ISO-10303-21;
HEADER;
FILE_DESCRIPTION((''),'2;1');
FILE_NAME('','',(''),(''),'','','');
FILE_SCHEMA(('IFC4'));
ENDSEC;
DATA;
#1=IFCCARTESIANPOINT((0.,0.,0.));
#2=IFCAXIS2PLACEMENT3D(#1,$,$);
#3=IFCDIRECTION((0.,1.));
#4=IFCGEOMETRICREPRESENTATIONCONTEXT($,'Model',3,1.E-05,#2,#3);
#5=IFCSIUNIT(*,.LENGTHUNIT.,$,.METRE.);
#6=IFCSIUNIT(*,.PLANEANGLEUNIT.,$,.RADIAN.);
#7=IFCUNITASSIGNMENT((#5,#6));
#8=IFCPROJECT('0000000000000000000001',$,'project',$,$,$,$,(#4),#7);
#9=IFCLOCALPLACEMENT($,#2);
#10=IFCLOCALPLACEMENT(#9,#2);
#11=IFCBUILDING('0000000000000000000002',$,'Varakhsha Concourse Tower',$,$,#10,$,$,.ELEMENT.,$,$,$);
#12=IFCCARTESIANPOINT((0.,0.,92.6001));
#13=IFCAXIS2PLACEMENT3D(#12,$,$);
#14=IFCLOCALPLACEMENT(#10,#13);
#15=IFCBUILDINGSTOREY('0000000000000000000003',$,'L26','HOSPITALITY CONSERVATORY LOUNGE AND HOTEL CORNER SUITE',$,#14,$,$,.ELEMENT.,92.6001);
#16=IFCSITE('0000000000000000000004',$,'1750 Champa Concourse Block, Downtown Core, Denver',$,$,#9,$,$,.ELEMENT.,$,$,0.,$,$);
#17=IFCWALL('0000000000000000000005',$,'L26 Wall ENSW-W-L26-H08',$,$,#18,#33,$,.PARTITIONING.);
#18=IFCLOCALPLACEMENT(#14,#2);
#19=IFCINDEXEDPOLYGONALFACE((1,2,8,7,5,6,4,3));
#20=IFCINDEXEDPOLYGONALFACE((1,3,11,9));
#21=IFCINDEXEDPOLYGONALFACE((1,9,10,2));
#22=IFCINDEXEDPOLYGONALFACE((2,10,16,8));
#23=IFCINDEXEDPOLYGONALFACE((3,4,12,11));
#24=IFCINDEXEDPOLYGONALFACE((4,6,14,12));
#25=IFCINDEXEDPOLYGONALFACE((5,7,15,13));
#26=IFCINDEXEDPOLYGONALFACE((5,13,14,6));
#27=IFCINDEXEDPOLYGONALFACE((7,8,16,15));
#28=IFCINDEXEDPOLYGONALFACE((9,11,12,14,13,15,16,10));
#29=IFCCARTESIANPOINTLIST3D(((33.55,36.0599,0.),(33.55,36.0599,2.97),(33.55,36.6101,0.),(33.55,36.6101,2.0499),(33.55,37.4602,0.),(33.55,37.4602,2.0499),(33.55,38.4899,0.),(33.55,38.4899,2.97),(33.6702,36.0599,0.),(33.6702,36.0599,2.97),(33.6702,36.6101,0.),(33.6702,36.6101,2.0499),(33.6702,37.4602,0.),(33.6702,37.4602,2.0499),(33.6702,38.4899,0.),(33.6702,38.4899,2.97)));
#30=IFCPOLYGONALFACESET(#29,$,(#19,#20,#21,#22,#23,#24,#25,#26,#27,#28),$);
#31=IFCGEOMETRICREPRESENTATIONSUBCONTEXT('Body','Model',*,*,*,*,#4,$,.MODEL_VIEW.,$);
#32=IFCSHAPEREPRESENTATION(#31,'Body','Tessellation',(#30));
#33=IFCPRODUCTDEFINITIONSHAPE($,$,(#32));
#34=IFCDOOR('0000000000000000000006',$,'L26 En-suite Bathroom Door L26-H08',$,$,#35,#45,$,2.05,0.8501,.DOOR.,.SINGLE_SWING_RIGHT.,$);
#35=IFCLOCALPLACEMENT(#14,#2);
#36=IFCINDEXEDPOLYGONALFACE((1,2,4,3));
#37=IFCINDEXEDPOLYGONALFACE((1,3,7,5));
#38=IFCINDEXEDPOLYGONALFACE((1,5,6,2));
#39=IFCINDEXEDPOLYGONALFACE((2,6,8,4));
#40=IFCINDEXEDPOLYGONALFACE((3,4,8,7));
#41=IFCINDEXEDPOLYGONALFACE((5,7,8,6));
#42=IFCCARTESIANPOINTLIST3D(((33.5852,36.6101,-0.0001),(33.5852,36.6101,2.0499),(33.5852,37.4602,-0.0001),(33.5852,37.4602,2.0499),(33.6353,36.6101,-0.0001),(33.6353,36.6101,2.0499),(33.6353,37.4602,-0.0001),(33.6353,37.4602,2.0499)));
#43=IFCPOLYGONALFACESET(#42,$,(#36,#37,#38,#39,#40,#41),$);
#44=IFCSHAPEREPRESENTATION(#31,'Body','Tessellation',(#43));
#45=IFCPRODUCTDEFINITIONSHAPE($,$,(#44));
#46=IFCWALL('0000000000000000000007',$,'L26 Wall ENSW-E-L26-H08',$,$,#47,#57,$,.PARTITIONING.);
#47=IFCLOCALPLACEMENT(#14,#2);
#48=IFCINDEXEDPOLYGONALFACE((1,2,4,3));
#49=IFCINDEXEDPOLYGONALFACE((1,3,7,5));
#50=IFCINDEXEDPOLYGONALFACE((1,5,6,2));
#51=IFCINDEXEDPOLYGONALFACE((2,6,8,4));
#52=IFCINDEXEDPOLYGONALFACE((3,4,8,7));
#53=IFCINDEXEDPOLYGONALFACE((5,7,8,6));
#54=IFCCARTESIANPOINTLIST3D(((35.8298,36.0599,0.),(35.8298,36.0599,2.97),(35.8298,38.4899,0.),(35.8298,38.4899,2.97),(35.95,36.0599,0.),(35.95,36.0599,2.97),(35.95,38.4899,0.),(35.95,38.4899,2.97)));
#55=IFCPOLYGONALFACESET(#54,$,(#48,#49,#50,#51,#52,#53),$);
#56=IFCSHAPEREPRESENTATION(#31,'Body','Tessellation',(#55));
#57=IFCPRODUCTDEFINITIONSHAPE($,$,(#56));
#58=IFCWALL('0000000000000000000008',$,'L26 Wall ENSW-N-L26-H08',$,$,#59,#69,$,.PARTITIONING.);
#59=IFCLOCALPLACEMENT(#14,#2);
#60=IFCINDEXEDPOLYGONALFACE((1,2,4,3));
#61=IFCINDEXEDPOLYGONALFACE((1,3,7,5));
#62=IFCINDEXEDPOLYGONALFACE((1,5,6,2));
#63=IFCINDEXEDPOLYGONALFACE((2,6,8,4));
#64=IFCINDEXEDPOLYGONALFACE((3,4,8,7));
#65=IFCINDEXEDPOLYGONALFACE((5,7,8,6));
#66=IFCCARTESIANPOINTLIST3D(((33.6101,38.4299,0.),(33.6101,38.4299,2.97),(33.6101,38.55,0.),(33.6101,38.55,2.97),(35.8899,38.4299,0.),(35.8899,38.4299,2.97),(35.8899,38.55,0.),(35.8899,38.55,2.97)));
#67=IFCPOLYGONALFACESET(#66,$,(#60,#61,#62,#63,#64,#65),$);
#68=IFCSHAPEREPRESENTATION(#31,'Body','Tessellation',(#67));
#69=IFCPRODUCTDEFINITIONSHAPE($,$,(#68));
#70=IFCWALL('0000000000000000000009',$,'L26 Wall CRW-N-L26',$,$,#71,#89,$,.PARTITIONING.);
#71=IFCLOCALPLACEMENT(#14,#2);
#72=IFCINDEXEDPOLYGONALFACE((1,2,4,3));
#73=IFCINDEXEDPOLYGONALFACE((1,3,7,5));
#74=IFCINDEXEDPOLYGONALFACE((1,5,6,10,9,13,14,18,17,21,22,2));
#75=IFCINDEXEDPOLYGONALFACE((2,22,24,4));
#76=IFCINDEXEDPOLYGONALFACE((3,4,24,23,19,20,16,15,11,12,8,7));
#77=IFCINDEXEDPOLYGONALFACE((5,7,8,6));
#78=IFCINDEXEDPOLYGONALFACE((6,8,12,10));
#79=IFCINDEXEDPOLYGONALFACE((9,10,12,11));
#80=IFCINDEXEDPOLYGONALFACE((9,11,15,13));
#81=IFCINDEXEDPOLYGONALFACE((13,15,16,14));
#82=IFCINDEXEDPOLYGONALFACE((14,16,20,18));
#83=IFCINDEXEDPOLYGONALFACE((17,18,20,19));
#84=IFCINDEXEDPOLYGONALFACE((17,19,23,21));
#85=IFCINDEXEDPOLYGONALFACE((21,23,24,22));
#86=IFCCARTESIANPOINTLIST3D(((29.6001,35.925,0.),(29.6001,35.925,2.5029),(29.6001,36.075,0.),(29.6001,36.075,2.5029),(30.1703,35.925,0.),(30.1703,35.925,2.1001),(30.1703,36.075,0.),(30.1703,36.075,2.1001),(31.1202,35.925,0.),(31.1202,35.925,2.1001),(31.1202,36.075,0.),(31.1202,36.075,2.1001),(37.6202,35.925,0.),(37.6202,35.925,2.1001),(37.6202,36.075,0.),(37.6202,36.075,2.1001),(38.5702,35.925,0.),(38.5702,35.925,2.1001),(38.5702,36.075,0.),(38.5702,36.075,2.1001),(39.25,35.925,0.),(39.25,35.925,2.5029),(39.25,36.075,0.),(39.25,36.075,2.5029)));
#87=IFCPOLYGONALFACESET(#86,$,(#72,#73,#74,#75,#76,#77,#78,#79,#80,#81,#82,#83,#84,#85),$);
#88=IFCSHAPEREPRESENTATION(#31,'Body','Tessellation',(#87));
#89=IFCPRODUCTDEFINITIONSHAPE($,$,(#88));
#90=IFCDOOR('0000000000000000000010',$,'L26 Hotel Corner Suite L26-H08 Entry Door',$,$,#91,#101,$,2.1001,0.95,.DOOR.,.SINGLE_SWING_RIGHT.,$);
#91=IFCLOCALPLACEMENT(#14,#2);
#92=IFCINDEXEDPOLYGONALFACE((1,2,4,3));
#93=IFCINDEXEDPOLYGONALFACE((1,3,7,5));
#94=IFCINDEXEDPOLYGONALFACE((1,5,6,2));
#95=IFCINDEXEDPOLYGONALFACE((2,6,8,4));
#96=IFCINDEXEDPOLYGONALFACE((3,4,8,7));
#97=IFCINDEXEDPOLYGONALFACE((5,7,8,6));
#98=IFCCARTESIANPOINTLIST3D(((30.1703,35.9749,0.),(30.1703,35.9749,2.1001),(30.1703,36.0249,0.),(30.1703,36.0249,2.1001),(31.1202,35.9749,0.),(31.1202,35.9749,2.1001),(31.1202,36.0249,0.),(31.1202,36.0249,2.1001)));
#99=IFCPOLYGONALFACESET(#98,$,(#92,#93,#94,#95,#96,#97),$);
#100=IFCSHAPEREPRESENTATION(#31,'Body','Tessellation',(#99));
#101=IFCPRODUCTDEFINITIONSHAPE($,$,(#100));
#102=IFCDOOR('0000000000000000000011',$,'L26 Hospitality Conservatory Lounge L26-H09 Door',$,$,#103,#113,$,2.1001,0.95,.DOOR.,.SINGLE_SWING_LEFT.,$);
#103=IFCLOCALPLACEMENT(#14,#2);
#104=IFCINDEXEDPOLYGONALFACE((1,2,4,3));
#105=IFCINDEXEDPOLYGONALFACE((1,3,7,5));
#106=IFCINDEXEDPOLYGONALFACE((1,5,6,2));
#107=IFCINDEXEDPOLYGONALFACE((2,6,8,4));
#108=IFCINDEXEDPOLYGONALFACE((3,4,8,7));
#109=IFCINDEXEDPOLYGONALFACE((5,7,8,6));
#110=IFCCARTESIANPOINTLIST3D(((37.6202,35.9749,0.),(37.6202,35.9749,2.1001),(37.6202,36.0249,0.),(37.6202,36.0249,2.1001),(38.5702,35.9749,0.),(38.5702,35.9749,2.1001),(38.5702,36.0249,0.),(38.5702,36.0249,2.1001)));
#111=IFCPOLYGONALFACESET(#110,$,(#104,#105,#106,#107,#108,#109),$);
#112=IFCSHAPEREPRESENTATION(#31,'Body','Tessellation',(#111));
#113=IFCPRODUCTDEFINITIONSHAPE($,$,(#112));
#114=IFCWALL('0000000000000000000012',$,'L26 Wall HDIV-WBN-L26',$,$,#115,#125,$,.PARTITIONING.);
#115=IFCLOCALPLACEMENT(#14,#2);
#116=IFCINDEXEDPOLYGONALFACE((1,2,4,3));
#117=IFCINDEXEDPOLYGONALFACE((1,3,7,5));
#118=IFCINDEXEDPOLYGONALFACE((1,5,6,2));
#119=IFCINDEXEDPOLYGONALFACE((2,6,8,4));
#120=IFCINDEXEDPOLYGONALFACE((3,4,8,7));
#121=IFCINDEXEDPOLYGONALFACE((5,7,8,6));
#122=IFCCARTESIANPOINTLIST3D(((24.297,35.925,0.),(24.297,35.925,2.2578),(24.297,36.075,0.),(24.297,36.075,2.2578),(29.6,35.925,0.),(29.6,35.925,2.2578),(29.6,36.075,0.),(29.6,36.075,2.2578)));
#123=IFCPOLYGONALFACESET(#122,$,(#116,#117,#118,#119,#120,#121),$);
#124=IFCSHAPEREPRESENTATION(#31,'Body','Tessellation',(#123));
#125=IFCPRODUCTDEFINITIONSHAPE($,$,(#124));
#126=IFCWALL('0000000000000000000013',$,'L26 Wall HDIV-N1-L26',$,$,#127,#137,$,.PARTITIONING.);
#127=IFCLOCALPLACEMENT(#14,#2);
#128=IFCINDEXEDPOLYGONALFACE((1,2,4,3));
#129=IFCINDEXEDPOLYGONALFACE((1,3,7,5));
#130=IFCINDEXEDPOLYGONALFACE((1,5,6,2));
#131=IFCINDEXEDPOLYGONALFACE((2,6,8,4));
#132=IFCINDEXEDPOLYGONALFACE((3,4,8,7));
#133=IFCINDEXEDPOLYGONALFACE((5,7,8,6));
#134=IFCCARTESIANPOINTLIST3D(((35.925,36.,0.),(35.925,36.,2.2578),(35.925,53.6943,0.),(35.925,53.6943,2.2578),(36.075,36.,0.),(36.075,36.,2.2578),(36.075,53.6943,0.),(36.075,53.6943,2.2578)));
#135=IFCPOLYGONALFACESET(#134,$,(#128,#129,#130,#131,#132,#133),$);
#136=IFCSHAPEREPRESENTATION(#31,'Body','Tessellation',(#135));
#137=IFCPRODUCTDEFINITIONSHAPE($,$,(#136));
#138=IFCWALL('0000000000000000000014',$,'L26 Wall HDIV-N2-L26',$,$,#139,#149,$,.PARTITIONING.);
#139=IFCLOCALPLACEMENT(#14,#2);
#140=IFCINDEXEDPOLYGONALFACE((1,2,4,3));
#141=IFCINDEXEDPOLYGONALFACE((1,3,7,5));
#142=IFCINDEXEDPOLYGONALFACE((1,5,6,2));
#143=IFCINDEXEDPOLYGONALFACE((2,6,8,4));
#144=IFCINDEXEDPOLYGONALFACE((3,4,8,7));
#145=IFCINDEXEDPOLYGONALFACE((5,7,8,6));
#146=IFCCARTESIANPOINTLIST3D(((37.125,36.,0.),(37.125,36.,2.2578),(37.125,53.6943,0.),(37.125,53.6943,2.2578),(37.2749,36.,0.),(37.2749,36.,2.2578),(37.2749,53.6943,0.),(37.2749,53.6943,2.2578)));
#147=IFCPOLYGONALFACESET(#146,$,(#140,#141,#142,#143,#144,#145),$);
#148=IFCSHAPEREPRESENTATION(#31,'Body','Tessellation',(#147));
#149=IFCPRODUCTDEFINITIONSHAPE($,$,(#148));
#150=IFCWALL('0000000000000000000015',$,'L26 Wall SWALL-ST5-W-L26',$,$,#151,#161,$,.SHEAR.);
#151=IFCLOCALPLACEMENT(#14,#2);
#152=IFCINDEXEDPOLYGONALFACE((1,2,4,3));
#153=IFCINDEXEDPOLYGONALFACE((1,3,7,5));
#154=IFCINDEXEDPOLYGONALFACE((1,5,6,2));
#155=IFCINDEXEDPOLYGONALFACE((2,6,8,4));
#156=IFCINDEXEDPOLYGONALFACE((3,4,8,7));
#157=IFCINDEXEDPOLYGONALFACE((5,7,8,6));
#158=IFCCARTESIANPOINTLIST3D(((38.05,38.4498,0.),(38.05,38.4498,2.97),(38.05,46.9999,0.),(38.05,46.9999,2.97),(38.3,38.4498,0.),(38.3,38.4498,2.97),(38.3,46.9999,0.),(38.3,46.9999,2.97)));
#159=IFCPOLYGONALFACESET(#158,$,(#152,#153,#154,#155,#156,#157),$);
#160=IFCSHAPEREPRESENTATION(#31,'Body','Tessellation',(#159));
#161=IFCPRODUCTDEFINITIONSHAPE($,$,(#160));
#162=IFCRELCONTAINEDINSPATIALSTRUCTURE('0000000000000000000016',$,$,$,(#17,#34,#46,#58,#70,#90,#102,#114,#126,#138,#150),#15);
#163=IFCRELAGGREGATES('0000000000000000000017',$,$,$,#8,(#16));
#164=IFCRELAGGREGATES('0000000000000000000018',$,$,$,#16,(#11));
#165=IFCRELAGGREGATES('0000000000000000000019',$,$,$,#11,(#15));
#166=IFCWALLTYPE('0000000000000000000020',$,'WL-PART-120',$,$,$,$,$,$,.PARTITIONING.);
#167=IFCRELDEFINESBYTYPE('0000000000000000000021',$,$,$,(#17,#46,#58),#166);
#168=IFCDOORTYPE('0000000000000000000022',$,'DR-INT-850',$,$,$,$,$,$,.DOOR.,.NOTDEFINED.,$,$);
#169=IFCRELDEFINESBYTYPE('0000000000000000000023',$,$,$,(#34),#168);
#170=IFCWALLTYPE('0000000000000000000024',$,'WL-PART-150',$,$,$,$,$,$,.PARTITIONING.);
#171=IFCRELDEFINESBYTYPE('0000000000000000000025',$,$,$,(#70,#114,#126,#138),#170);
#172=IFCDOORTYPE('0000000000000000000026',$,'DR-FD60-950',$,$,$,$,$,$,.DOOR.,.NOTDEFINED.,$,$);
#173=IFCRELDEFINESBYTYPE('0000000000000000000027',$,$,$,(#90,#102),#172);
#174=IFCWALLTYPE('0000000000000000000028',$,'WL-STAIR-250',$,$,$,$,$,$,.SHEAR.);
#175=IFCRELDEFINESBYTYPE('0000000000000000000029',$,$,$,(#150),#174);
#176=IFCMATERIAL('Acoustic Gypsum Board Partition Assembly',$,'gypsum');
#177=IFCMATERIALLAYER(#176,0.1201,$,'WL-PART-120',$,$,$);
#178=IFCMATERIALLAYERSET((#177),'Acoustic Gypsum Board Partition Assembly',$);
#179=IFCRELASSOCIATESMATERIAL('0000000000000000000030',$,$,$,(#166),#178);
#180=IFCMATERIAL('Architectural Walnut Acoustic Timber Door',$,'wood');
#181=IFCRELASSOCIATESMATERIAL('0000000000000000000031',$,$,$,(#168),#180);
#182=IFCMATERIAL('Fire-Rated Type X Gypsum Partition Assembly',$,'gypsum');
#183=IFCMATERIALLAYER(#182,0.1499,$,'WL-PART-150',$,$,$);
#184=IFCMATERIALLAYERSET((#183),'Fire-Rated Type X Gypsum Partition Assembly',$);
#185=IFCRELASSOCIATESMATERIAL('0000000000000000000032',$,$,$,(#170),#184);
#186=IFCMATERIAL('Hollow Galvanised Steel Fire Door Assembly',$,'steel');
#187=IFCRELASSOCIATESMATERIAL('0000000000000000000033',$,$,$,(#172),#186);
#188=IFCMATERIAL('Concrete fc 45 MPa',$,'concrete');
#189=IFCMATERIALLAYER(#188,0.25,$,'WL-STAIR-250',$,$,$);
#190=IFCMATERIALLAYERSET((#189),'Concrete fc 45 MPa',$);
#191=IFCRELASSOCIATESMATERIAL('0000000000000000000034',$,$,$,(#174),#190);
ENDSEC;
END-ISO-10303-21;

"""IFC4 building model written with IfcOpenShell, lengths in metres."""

from ifc_helpers import new_model, si_unit, direction, frame, frame_2d, origin, place, context, subcontext, project, spatial, rectangle, extrude, material, layer, layer_set, type_object, element, fill, save


model = new_model("IFC4")

# Units and contexts
model_context = context("Model", 3, precision=1e-05, world=origin(), true_north=direction((0.0, 1.0)))
body_context = subcontext(model_context, "Body", "Model", "MODEL_VIEW")
ifc_project = project(units=[si_unit("LENGTHUNIT", "METRE"), si_unit("PLANEANGLEUNIT", "RADIAN")], contexts=[model_context])

# Site, building, storey
site_placement = place(None, origin())
site = spatial("IfcSite", under=ifc_project, at=site_placement, Name="1750 Champa Concourse Block, Downtown Core, Denver", CompositionType="ELEMENT", RefElevation=0.0)
building_placement = place(site_placement, origin())
building = spatial("IfcBuilding", under=site, at=building_placement, Name="Varakhsha Concourse Tower", CompositionType="ELEMENT")
storey_placement = place(building_placement, frame((0.0, 0.0, 92.6001)))
storey = spatial("IfcBuildingStorey", under=building, at=storey_placement, Name="L26", Description="HOSPITALITY CONSERVATORY LOUNGE AND HOTEL CORNER SUITE", CompositionType="ELEMENT", Elevation=92.6001)

# Shared definitions
ifc_material_1 = material(Name="Acoustic Gypsum Board Partition Assembly", Category="gypsum")
ifc_layer_1 = layer(ifc_material_1, 0.1201, Name="WL-PART-120")
ifc_layer_set_1 = layer_set([ifc_layer_1], Name="Acoustic Gypsum Board Partition Assembly")
wall_type_1 = type_object("IfcWallType", Name="WL-PART-120", PredefinedType="PARTITIONING", material=ifc_layer_set_1)

# Wall, opening, door
wall_1_placement = place(storey_placement, frame((33.6101, 36.0601, 0.0), z_axis=(0.0, 0.0, 1.0), x_axis=(0.0, 1.0, 0.0)))
wall_1 = element("IfcWall", 1, at=wall_1_placement, inside=storey, type_object=wall_type_1, Name="L26 Wall ENSW-W-L26-H08", PredefinedType="PARTITIONING", context=body_context, shape_type="SweptSolid", body=[
    extrude(rectangle(XDim=2.4299, YDim=0.1201, at=frame_2d((1.2148, 0.0))), origin(), (0.0, 0.0, 1.0), 2.97),
])
opening_1_placement = place(wall_1_placement, frame((0.55, 0.0, 0.0)))
opening_1 = element("IfcOpeningElement", 2, at=opening_1_placement, cuts=wall_1, PredefinedType="OPENING", context=body_context, shape_type="SweptSolid", body=[
    extrude(rectangle(XDim=0.8501, YDim=2.05, at=frame_2d((0.425, 1.0249))), frame((0.0, 0.0701, 0.0), z_axis=(0.0, -1.0, 0.0), x_axis=(1.0, 0.0, 0.0)), (0.0, 0.0, 1.0), 0.1401),
])
ifc_material_2 = material(Name="Architectural Walnut Acoustic Timber Door", Category="wood")
door_type_1 = type_object("IfcDoorType", Name="DR-INT-850", OperationType="NOTDEFINED", PredefinedType="DOOR", material=ifc_material_2)
door_1_placement = place(opening_1_placement, origin())
door_1 = element("IfcDoor", 3, at=door_1_placement, inside=storey, type_object=door_type_1, Name="L26 En-suite Bathroom Door L26-H08", OperationType="SINGLE_SWING_RIGHT", OverallHeight=2.05, OverallWidth=0.8501, PredefinedType="DOOR", context=body_context, shape_type="SweptSolid", body=[
    extrude(rectangle(XDim=0.8501, YDim=2.05, at=frame_2d((0.425, 1.0249))), frame((0.0, 0.0249, 0.0), z_axis=(0.0, -1.0, 0.0), x_axis=(1.0, 0.0, 0.0)), (0.0, 0.0, 1.0), 0.05),
])
fill(opening_1, door_1)

# Walls
wall_2_placement = place(storey_placement, frame((35.8899, 36.0601, 0.0), z_axis=(0.0, 0.0, 1.0), x_axis=(0.0, 1.0, 0.0)))
element("IfcWall", 4, at=wall_2_placement, inside=storey, type_object=wall_type_1, Name="L26 Wall ENSW-E-L26-H08", PredefinedType="PARTITIONING", context=body_context, shape_type="SweptSolid", body=[
    extrude(rectangle(XDim=2.4299, YDim=0.1201, at=frame_2d((1.2148, 0.0))), origin(), (0.0, 0.0, 1.0), 2.97),
])
wall_3_placement = place(storey_placement, frame((33.6101, 38.49, 0.0), z_axis=(0.0, 0.0, 1.0), x_axis=(1.0, 0.0, 0.0)))
element("IfcWall", 5, at=wall_3_placement, inside=storey, type_object=wall_type_1, Name="L26 Wall ENSW-N-L26-H08", PredefinedType="PARTITIONING", context=body_context, shape_type="SweptSolid", body=[
    extrude(rectangle(XDim=2.2798, YDim=0.1201, at=frame_2d((1.1399, 0.0))), origin(), (0.0, 0.0, 1.0), 2.97),
])

# Wall, openings, doors
ifc_material_3 = material(Name="Fire-Rated Type X Gypsum Partition Assembly", Category="gypsum")
ifc_layer_2 = layer(ifc_material_3, 0.1499, Name="WL-PART-150")
ifc_layer_set_2 = layer_set([ifc_layer_2], Name="Fire-Rated Type X Gypsum Partition Assembly")
wall_type_2 = type_object("IfcWallType", Name="WL-PART-150", PredefinedType="PARTITIONING", material=ifc_layer_set_2)
wall_4_placement = place(storey_placement, frame((29.6001, 36.0, 0.0), z_axis=(0.0, 0.0, 1.0), x_axis=(1.0, 0.0, 0.0)))
wall_4 = element("IfcWall", 6, at=wall_4_placement, inside=storey, type_object=wall_type_2, Name="L26 Wall CRW-N-L26", PredefinedType="PARTITIONING", context=body_context, shape_type="SweptSolid", body=[
    extrude(rectangle(XDim=9.6499, YDim=0.1499, at=frame_2d((4.825, 0.0))), origin(), (0.0, 0.0, 1.0), 2.5029),
])
opening_2_placement = place(wall_4_placement, frame((0.5701, 0.0, 0.0)))
opening_2 = element("IfcOpeningElement", 7, at=opening_2_placement, cuts=wall_4, PredefinedType="OPENING", context=body_context, shape_type="SweptSolid", body=[
    extrude(rectangle(XDim=0.95, YDim=2.1001, at=frame_2d((0.4751, 1.05))), frame((0.0, 0.085, 0.0), z_axis=(0.0, -1.0, 0.0), x_axis=(1.0, 0.0, 0.0)), (0.0, 0.0, 1.0), 0.1699),
])
opening_3_placement = place(wall_4_placement, frame((8.02, 0.0, 0.0)))
opening_3 = element("IfcOpeningElement", 8, at=opening_3_placement, cuts=wall_4, PredefinedType="OPENING", context=body_context, shape_type="SweptSolid", body=[
    extrude(rectangle(XDim=0.95, YDim=2.1001, at=frame_2d((0.4751, 1.05))), frame((0.0, 0.085, 0.0), z_axis=(0.0, -1.0, 0.0), x_axis=(1.0, 0.0, 0.0)), (0.0, 0.0, 1.0), 0.1699),
])
ifc_material_4 = material(Name="Hollow Galvanised Steel Fire Door Assembly", Category="steel")
door_type_2 = type_object("IfcDoorType", Name="DR-FD60-950", OperationType="NOTDEFINED", PredefinedType="DOOR", material=ifc_material_4)
door_2_placement = place(opening_2_placement, origin())
door_2 = element("IfcDoor", 9, at=door_2_placement, inside=storey, type_object=door_type_2, Name="L26 Hotel Corner Suite L26-H08 Entry Door", OperationType="SINGLE_SWING_RIGHT", OverallHeight=2.1001, OverallWidth=0.95, PredefinedType="DOOR", context=body_context, shape_type="SweptSolid", body=[
    extrude(rectangle(XDim=0.95, YDim=2.1001, at=frame_2d((0.4751, 1.05))), frame((0.0, 0.0249, 0.0), z_axis=(0.0, -1.0, 0.0), x_axis=(1.0, 0.0, 0.0)), (0.0, 0.0, 1.0), 0.05),
])
fill(opening_2, door_2)
door_3_placement = place(opening_3_placement, origin())
door_3 = element("IfcDoor", 10, at=door_3_placement, inside=storey, type_object=door_type_2, Name="L26 Hospitality Conservatory Lounge L26-H09 Door", OperationType="SINGLE_SWING_LEFT", OverallHeight=2.1001, OverallWidth=0.95, PredefinedType="DOOR", context=body_context, shape_type="SweptSolid", body=[
    extrude(rectangle(XDim=0.95, YDim=2.1001, at=frame_2d((0.4751, 1.05))), frame((0.0, 0.0249, 0.0), z_axis=(0.0, -1.0, 0.0), x_axis=(1.0, 0.0, 0.0)), (0.0, 0.0, 1.0), 0.05),
])
fill(opening_3, door_3)

# Walls
wall_5_placement = place(storey_placement, frame((24.2971, 36.0, 0.0), z_axis=(0.0, 0.0, 1.0), x_axis=(1.0, 0.0, 0.0)))
element("IfcWall", 11, at=wall_5_placement, inside=storey, type_object=wall_type_2, Name="L26 Wall HDIV-WBN-L26", PredefinedType="PARTITIONING", context=body_context, shape_type="SweptSolid", body=[
    extrude(rectangle(XDim=5.303, YDim=0.1499, at=frame_2d((2.6514, 0.0))), origin(), (0.0, 0.0, 1.0), 2.2578),
])
for number, where, z_axis, x_axis, name in (
    (12, (36.0, 36.0, 0.0), (0.0, 0.0, 1.0), (0.0, 1.0, 0.0), "L26 Wall HDIV-N1-L26"),
    (13, (37.2, 36.0, 0.0), (0.0, 0.0, 1.0), (0.0, 1.0, 0.0), "L26 Wall HDIV-N2-L26"),
):
    element("IfcWall", number, at=place(storey_placement, frame(where, z_axis=z_axis, x_axis=x_axis)), inside=storey, type_object=wall_type_2, Name=name, PredefinedType="PARTITIONING", context=body_context, shape_type="SweptSolid", body=[
        extrude(rectangle(XDim=17.6943, YDim=0.1499, at=frame_2d((8.8472, 0.0))), origin(), (0.0, 0.0, 1.0), 2.2578),
    ])
ifc_material_5 = material(Name="Concrete fc 45 MPa", Category="concrete")
ifc_layer_3 = layer(ifc_material_5, 0.25, Name="WL-STAIR-250")
ifc_layer_set_3 = layer_set([ifc_layer_3], Name="Concrete fc 45 MPa")
wall_type_3 = type_object("IfcWallType", Name="WL-STAIR-250", PredefinedType="SHEAR", material=ifc_layer_set_3)
wall_6_placement = place(storey_placement, frame((38.175, 38.45, 0.0), z_axis=(0.0, 0.0, 1.0), x_axis=(0.0, 1.0, 0.0)))
element("IfcWall", 14, at=wall_6_placement, inside=storey, type_object=wall_type_3, Name="L26 Wall SWALL-ST5-W-L26", PredefinedType="SHEAR", context=body_context, shape_type="SweptSolid", body=[
    extrude(rectangle(XDim=8.55, YDim=0.25, at=frame_2d((4.2749, 0.0))), origin(), (0.0, 0.0, 1.0), 2.97),
])

save(model, "model.ifc")
